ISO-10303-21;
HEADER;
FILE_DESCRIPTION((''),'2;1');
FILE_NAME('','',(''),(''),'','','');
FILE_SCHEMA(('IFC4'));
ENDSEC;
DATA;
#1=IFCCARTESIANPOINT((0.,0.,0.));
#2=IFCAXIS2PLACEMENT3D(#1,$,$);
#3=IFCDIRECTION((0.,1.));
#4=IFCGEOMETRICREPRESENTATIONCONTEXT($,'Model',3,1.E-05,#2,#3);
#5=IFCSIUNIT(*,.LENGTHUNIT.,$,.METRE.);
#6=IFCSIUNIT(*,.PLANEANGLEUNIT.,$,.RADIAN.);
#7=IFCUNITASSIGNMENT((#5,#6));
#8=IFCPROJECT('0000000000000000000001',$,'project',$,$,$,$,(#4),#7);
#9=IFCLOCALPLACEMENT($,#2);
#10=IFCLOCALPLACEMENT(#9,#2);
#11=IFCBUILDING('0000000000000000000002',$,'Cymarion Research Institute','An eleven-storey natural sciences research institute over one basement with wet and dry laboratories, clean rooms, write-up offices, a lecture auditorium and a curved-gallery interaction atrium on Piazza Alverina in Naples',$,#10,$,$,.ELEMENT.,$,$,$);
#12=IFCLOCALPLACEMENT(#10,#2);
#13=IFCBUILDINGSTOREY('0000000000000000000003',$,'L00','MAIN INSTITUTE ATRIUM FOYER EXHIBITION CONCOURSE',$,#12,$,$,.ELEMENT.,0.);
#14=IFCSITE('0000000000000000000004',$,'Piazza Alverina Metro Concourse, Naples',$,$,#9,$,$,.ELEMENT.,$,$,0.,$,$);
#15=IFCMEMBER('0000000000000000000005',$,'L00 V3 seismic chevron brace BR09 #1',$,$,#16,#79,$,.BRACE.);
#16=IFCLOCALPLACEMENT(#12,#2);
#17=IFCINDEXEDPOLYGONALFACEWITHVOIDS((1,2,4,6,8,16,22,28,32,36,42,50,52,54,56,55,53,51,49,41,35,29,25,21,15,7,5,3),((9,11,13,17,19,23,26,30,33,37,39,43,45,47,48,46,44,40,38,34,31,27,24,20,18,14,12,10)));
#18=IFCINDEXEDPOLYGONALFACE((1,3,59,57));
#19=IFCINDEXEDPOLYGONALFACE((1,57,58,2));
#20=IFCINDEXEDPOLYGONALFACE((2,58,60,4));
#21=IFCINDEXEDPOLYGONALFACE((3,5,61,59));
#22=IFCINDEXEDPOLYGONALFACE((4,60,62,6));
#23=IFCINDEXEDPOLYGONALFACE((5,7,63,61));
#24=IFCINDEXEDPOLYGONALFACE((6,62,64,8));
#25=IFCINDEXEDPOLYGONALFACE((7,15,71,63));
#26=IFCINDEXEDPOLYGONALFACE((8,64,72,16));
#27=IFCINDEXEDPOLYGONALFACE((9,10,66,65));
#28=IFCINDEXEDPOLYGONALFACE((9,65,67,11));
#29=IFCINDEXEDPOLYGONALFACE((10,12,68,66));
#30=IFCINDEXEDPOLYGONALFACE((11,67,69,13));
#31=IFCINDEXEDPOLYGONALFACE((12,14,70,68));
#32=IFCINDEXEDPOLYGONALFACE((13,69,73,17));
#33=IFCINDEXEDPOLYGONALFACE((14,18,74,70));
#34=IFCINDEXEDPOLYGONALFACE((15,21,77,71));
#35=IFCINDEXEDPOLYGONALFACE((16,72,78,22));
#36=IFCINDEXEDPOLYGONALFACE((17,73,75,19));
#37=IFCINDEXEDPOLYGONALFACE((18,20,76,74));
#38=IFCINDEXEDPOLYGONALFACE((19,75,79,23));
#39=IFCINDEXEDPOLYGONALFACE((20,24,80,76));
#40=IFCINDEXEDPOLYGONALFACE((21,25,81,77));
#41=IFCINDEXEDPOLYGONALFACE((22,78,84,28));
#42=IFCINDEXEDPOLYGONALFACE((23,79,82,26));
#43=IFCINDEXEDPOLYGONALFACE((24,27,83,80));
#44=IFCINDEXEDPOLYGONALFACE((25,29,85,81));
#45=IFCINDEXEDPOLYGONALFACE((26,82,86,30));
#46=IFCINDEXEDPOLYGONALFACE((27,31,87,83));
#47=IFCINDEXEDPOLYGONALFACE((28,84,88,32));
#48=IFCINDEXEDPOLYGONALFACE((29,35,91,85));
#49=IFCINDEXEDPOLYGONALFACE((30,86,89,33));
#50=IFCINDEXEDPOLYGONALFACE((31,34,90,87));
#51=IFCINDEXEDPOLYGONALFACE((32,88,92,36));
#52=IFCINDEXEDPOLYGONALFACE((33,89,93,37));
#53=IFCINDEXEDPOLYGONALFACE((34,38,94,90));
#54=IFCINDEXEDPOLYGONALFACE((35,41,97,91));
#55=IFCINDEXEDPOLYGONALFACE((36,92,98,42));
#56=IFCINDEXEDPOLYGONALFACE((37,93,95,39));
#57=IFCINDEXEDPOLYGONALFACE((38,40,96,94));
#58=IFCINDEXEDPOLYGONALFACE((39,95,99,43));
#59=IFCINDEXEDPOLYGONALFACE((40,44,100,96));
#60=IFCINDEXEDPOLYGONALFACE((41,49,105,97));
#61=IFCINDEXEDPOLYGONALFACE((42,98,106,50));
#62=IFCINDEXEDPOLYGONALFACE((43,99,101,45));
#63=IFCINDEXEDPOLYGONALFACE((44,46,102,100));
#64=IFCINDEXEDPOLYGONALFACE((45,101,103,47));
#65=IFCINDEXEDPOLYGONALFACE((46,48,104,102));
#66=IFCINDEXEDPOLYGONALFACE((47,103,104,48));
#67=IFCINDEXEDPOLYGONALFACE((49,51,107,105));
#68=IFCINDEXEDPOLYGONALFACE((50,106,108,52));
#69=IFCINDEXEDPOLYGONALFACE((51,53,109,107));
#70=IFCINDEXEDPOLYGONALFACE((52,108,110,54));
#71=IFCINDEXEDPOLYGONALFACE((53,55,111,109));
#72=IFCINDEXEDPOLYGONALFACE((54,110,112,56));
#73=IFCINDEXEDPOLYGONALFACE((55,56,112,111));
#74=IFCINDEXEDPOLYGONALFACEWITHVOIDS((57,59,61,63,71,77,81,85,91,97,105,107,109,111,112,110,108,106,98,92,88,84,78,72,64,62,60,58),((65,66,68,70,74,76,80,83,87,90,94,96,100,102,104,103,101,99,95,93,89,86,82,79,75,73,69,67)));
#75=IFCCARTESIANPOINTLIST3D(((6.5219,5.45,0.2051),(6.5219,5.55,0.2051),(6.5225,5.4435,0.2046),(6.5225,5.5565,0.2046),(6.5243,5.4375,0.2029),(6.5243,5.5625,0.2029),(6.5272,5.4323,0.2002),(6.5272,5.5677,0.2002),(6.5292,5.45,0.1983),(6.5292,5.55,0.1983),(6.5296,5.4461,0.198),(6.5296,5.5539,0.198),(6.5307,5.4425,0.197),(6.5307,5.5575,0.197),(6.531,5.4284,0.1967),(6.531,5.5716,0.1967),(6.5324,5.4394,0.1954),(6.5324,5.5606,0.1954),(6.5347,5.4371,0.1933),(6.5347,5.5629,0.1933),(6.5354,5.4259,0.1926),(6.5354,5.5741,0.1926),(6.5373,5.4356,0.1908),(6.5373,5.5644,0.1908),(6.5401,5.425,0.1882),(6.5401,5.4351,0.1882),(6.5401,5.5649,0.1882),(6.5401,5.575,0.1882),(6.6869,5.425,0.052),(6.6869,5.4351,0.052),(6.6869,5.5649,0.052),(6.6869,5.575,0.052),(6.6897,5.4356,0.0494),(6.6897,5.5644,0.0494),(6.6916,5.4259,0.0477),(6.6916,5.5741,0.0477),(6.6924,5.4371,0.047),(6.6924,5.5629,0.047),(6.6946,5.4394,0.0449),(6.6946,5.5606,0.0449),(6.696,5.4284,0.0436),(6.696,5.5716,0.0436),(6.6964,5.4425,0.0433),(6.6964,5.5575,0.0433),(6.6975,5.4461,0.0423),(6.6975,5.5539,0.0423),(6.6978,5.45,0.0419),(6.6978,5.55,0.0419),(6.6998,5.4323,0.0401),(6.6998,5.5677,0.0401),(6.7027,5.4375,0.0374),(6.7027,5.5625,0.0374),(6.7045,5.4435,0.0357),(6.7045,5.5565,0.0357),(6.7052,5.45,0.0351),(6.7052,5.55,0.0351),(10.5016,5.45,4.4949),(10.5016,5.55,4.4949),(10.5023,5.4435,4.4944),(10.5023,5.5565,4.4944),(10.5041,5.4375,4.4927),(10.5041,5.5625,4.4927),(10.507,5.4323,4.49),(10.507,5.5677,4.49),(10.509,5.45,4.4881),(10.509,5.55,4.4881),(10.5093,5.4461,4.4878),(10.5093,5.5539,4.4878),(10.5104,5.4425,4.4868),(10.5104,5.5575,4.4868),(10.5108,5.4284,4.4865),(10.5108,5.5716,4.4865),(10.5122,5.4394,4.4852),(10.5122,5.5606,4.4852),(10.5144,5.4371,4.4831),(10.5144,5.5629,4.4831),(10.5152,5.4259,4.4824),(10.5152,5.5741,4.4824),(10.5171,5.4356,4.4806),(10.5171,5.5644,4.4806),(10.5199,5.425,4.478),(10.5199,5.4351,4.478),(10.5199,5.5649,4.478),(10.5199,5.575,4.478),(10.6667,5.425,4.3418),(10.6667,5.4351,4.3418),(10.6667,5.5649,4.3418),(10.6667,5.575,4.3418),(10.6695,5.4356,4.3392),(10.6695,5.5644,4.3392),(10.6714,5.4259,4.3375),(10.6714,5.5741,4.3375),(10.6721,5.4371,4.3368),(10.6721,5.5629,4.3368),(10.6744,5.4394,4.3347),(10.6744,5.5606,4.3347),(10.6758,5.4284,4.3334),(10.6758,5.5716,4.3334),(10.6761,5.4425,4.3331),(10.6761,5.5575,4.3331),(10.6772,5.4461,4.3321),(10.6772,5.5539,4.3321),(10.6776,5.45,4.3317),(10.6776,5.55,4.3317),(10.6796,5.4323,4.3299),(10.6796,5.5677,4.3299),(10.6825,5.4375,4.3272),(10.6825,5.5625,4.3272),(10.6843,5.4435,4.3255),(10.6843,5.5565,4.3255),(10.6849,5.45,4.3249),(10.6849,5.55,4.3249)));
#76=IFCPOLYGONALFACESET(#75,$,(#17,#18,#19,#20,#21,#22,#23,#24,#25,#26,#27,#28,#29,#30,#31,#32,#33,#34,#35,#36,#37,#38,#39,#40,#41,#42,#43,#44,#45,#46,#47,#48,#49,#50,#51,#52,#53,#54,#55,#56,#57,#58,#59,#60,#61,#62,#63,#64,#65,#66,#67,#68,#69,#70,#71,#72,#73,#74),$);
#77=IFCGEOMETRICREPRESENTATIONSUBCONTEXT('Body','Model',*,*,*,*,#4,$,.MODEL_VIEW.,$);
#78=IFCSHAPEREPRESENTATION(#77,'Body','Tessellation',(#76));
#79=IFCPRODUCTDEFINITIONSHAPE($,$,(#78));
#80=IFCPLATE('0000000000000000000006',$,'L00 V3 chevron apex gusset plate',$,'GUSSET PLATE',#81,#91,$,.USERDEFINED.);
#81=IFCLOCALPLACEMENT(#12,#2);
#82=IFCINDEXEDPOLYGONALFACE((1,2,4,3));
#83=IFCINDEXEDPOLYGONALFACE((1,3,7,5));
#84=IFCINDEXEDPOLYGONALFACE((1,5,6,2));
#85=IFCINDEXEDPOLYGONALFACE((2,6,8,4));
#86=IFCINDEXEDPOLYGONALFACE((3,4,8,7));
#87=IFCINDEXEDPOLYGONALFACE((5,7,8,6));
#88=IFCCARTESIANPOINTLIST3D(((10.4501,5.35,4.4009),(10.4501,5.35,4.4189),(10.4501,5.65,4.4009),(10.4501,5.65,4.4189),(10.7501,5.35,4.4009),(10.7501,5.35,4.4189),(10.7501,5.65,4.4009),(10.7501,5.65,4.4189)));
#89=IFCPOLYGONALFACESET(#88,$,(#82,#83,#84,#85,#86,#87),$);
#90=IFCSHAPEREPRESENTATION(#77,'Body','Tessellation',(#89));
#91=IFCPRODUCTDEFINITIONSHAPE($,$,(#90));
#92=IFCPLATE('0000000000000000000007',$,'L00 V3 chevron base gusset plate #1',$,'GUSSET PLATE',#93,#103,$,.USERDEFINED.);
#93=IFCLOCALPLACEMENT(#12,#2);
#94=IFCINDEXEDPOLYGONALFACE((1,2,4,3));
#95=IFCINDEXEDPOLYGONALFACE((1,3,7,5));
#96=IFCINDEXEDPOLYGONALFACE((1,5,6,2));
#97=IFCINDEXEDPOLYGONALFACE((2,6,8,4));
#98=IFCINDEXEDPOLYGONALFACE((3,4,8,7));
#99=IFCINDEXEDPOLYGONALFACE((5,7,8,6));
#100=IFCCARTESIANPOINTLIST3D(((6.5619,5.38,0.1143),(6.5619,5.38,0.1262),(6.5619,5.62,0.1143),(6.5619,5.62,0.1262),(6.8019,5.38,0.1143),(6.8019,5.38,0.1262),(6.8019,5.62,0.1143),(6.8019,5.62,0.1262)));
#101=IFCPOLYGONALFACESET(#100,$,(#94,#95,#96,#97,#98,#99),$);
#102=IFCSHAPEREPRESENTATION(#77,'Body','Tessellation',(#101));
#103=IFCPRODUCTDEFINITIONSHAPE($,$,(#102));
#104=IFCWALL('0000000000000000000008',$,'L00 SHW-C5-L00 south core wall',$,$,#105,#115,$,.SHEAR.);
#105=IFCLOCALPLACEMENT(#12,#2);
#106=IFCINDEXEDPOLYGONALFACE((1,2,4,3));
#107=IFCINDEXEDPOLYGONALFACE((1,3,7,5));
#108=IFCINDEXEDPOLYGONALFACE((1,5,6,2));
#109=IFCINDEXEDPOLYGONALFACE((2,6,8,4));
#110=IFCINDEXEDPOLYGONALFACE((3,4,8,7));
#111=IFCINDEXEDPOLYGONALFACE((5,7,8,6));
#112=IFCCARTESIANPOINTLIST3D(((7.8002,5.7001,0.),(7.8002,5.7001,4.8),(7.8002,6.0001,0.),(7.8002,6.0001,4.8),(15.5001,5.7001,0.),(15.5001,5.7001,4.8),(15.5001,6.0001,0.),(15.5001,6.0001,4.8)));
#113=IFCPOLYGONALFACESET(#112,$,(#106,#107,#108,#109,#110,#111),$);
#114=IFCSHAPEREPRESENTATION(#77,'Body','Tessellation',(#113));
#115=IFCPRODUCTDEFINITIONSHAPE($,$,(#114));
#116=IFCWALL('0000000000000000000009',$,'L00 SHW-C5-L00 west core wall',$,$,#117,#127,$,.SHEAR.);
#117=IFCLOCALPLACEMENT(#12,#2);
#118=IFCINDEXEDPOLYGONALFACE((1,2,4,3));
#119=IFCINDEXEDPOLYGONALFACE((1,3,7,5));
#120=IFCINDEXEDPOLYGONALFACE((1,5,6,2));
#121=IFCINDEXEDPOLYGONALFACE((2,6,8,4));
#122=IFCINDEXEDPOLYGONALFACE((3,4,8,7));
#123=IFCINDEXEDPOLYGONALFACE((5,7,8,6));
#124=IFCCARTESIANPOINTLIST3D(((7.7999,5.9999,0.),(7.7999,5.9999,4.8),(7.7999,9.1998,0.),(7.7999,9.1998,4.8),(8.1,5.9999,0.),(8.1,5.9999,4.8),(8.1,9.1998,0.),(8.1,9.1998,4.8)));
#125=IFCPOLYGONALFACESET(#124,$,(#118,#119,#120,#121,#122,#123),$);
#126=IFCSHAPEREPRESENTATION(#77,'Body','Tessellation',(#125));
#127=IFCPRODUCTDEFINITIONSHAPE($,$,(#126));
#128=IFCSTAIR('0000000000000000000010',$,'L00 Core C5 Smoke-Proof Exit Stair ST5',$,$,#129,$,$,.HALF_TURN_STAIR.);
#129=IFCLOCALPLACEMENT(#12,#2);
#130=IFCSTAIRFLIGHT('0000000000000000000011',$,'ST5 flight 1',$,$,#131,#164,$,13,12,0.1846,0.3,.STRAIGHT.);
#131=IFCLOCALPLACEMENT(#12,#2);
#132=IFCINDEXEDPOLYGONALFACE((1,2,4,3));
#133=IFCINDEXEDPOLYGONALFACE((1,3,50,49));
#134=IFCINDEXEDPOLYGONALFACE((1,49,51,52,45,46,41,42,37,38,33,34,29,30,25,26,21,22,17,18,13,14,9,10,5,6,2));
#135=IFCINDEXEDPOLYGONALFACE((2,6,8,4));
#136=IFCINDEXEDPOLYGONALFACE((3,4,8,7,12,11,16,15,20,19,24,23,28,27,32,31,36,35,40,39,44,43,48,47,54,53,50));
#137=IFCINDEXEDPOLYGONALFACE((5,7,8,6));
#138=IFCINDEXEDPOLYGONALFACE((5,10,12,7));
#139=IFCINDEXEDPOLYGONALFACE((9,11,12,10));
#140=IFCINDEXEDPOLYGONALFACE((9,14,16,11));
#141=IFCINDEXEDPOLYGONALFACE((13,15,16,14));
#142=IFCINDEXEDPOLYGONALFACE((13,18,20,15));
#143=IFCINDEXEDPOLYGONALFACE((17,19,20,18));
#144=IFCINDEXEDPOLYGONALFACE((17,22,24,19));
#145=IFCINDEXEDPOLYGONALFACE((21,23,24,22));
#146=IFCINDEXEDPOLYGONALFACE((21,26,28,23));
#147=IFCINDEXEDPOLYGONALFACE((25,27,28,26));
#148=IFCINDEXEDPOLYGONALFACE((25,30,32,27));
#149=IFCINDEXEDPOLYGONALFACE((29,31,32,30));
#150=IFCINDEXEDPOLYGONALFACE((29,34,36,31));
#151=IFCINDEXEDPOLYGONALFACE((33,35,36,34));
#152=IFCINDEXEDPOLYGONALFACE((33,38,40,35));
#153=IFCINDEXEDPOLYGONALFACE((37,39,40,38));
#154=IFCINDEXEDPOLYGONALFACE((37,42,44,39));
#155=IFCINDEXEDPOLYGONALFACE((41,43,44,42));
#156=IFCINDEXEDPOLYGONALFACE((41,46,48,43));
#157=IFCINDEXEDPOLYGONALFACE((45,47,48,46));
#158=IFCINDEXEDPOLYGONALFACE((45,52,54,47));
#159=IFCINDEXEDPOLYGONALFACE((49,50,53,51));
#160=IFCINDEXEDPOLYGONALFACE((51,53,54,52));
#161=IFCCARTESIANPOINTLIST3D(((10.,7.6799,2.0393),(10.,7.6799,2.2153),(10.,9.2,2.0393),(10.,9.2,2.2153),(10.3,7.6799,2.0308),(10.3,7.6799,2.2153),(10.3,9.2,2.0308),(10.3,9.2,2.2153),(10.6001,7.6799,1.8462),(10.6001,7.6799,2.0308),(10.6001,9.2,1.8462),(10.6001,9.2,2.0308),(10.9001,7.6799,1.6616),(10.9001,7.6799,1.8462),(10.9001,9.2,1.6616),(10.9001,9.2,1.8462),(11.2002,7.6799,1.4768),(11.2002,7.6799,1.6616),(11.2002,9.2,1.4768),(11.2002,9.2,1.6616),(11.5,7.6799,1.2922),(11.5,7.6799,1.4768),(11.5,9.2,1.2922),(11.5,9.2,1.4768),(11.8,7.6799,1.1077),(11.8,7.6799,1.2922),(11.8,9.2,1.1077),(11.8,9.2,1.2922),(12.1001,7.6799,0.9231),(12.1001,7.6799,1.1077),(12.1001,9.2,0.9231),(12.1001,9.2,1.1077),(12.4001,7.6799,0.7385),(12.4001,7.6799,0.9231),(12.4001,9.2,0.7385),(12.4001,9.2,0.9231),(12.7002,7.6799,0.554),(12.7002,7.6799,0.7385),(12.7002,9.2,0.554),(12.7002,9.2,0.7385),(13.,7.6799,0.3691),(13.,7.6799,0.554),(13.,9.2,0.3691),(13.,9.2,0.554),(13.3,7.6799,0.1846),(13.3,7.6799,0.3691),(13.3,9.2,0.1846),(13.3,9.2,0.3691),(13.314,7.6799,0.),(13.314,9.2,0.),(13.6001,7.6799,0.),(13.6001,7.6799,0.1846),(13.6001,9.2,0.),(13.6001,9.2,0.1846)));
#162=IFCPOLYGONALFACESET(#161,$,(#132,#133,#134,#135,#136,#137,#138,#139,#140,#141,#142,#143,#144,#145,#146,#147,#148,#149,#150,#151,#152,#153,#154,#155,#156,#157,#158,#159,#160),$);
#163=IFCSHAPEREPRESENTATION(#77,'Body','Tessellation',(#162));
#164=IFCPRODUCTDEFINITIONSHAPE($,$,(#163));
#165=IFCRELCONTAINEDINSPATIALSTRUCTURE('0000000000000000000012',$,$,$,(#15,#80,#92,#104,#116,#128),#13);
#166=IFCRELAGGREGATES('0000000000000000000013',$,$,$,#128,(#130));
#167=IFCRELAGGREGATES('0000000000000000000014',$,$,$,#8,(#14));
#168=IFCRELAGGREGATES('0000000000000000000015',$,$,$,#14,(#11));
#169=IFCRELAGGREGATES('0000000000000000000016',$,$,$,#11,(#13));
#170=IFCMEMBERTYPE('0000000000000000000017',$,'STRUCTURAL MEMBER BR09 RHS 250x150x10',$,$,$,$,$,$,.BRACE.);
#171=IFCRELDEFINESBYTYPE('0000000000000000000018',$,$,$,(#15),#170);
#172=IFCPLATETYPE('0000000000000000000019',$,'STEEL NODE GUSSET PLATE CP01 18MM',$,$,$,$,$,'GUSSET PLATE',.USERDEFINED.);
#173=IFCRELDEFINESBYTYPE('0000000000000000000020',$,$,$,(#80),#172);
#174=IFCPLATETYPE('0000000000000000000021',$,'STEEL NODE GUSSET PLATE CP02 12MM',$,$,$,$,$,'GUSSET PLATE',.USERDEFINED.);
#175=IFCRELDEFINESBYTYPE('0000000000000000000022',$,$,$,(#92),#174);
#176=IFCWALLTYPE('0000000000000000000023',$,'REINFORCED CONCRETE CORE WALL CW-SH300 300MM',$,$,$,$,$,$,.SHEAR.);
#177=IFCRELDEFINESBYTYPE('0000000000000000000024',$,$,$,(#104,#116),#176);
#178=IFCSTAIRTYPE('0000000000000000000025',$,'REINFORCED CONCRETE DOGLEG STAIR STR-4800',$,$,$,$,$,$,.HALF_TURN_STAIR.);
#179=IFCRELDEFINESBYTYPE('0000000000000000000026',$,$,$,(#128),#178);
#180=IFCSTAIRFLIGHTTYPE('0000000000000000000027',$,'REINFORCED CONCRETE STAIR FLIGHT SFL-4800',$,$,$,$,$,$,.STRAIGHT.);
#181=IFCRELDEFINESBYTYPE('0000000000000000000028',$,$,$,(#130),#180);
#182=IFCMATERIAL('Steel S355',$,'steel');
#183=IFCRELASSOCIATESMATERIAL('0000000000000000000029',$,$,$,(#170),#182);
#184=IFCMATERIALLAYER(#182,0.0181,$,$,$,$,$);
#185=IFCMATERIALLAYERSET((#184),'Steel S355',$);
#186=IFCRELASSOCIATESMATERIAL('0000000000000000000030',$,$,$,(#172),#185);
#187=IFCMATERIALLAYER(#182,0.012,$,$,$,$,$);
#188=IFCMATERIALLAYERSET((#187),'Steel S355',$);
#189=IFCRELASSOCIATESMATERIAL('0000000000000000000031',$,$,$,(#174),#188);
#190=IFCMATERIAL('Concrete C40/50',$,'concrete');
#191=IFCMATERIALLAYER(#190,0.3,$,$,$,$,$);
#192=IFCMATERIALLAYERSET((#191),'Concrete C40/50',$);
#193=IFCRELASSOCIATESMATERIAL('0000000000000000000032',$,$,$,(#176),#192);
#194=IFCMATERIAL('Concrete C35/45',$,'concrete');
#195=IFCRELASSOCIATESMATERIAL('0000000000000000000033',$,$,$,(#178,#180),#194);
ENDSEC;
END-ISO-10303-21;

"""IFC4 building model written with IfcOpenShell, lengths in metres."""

from ifc_helpers import new_model, si_unit, direction, frame, frame_2d, origin, origin_2d, place, context, subcontext, project, spatial, polyline, rectangle, hollow_rectangle, outline, extrude, material, layer, layer_set, material_profile, profile_set, type_object, element, aggregate, save


model = new_model("IFC4")

# Units and contexts
model_context = context("Model", 3, precision=1e-05, world=origin(), true_north=direction((0.0, 1.0)))
body_context = subcontext(model_context, "Body", "Model", "MODEL_VIEW")
ifc_project = project(units=[si_unit("LENGTHUNIT", "METRE"), si_unit("PLANEANGLEUNIT", "RADIAN")], contexts=[model_context])

# Site, building, storey
site_placement = place(None, origin())
site = spatial("IfcSite", under=ifc_project, at=site_placement, Name="Piazza Alverina Metro Concourse, Naples", CompositionType="ELEMENT", RefElevation=0.0)
building_placement = place(site_placement, origin())
building = spatial("IfcBuilding", under=site, at=building_placement, Name="Cymarion Research Institute", Description="An eleven-storey natural sciences research institute over one basement with wet and dry laboratories, clean rooms, write-up offices, a lecture auditorium and a curved-gallery interaction atrium on Piazza Alverina in Naples", CompositionType="ELEMENT")
storey_placement = place(building_placement, origin())
storey = spatial("IfcBuildingStorey", under=building, at=storey_placement, Name="L00", Description="MAIN INSTITUTE ATRIUM FOYER EXHIBITION CONCOURSE", CompositionType="ELEMENT", Elevation=0.0)

# Shared definitions
ifc_material_1 = material(Name="Concrete C40/50", Category="concrete")

# Shared definitions
ifc_material_2 = material(Name="Steel S355", Category="steel")

# Member
ifc_material_profile_1 = material_profile(ifc_material_2, hollow_rectangle(XDim=0.1499, YDim=0.25, WallThickness=0.01, InnerFilletRadius=0.0149, OuterFilletRadius=0.0249, at=origin_2d()), Name="RHS 250x150x10")
ifc_profile_set_1 = profile_set([ifc_material_profile_1], Name="Steel S355")
member_type = type_object("IfcMemberType", Name="STRUCTURAL MEMBER BR09 RHS 250x150x10", PredefinedType="BRACE", material=ifc_profile_set_1)
member_placement = place(storey_placement, frame((6.6135, 5.5, 0.1201), z_axis=(0.680117, 0.0, 0.733104), x_axis=(0.0, 1.0, 0.0)))
element("IfcMember", 1, at=member_placement, inside=storey, type_object=member_type, Name="L00 V3 seismic chevron brace BR09 #1", PredefinedType="BRACE", context=body_context, shape_type="SweptSolid", body=[
    extrude(hollow_rectangle(XDim=0.1499, YDim=0.25, WallThickness=0.01, InnerFilletRadius=0.0149, OuterFilletRadius=0.0249, at=origin_2d()), origin(), (0.0, 0.0, 1.0), 5.8516),
])

# Plates
ifc_layer_1 = layer(ifc_material_2, 0.0181)
ifc_layer_set_1 = layer_set([ifc_layer_1], Name="Steel S355")
plate_type_1 = type_object("IfcPlateType", Name="STEEL NODE GUSSET PLATE CP01 18MM", ElementType="GUSSET PLATE", PredefinedType="USERDEFINED", material=ifc_layer_set_1)
plate_1_placement = place(storey_placement, frame((10.6001, 5.5, 4.4009), z_axis=(0.0, 0.0, 1.0), x_axis=(1.0, 0.0, 0.0)))
element("IfcPlate", 2, at=plate_1_placement, inside=storey, type_object=plate_type_1, Name="L00 V3 chevron apex gusset plate", ObjectType="GUSSET PLATE", PredefinedType="USERDEFINED", context=body_context, shape_type="SweptSolid", body=[
    extrude(rectangle(XDim=0.3, YDim=0.3, at=origin_2d()), origin(), (0.0, 0.0, 1.0), 0.0181),
])
ifc_layer_2 = layer(ifc_material_2, 0.012)
ifc_layer_set_2 = layer_set([ifc_layer_2], Name="Steel S355")
plate_type_2 = type_object("IfcPlateType", Name="STEEL NODE GUSSET PLATE CP02 12MM", ElementType="GUSSET PLATE", PredefinedType="USERDEFINED", material=ifc_layer_set_2)
plate_2_placement = place(storey_placement, frame((6.6819, 5.5, 0.1143), z_axis=(0.0, 0.0, 1.0), x_axis=(1.0, 0.0, 0.0)))
element("IfcPlate", 3, at=plate_2_placement, inside=storey, type_object=plate_type_2, Name="L00 V3 chevron base gusset plate #1", ObjectType="GUSSET PLATE", PredefinedType="USERDEFINED", context=body_context, shape_type="SweptSolid", body=[
    extrude(rectangle(XDim=0.24, YDim=0.24, at=origin_2d()), origin(), (0.0, 0.0, 1.0), 0.012),
])

# Walls
ifc_layer_3 = layer(ifc_material_1, 0.3)
ifc_layer_set_3 = layer_set([ifc_layer_3], Name="Concrete C40/50")
wall_type = type_object("IfcWallType", Name="REINFORCED CONCRETE CORE WALL CW-SH300 300MM", PredefinedType="SHEAR", material=ifc_layer_set_3)
wall_1_placement = place(storey_placement, frame((7.8, 5.8501, 0.0), z_axis=(0.0, 0.0, 1.0), x_axis=(1.0, 0.0, 0.0)))
element("IfcWall", 4, at=wall_1_placement, inside=storey, type_object=wall_type, Name="L00 SHW-C5-L00 south core wall", PredefinedType="SHEAR", context=body_context, shape_type="SweptSolid", body=[
    extrude(rectangle(XDim=7.7, YDim=0.3, at=frame_2d((3.8501, 0.0))), origin(), (0.0, 0.0, 1.0), 4.8),
])
wall_2_placement = place(storey_placement, frame((7.95, 9.2, 0.0), z_axis=(0.0, 0.0, 1.0), x_axis=(0.0, -1.0, 0.0)))
element("IfcWall", 5, at=wall_2_placement, inside=storey, type_object=wall_type, Name="L00 SHW-C5-L00 west core wall", PredefinedType="SHEAR", context=body_context, shape_type="SweptSolid", body=[
    extrude(rectangle(XDim=3.2, YDim=0.3, at=frame_2d((1.6001, 0.0))), origin(), (0.0, 0.0, 1.0), 4.8),
])

# Stair, stair flight
ifc_material_3 = material(Name="Concrete C35/45", Category="concrete")
stair_type = type_object("IfcStairType", Name="REINFORCED CONCRETE DOGLEG STAIR STR-4800", PredefinedType="HALF_TURN_STAIR", material=ifc_material_3)
stair_placement = place(storey_placement, origin())
stair = element("IfcStair", 6, at=stair_placement, inside=storey, type_object=stair_type, Name="L00 Core C5 Smoke-Proof Exit Stair ST5", PredefinedType="HALF_TURN_STAIR")
stair_flight_type = type_object("IfcStairFlightType", Name="REINFORCED CONCRETE STAIR FLIGHT SFL-4800", PredefinedType="STRAIGHT", material=ifc_material_3)
stair_flight_1_placement = place(storey_placement, frame((13.6001, 8.4399, 0.0), z_axis=(0.0, 0.0, 1.0), x_axis=(-1.0, 0.0, 0.0)))
stair_flight_1 = element("IfcStairFlight", 7, at=stair_flight_1_placement, type_object=stair_flight_type, Name="ST5 flight 1", NumberOfRisers=13, NumberOfTreads=12, PredefinedType="STRAIGHT", RiserHeight=0.1846, TreadLength=0.3, context=body_context, shape_type="SweptSolid", body=[
    extrude(outline(polyline([(0.0, 0.0), (0.0, 0.1846), (0.3, 0.1846), (0.3, 0.3691), (0.6001, 0.3691), (0.6001, 0.554), (0.8999, 0.554), (0.8999, 0.7385), (1.2, 0.7385), (1.2, 0.9231), (1.5, 0.9231), (1.5, 1.1077), (1.8, 1.1077), (1.8, 1.2922), (2.1001, 1.2922), (2.1001, 1.4768), (2.3999, 1.4768), (2.3999, 1.6616), (2.7, 1.6616), (2.7, 1.8462), (3.0, 1.8462), (3.0, 2.0308), (3.3, 2.0308), (3.3, 2.2153), (3.6001, 2.2153), (3.6001, 2.3999), (3.6001, 2.0393), (0.2861, 0.0), (0.0, 0.0)])), frame((0.0, 0.76, 0.0), z_axis=(0.0, -1.0, 0.0), x_axis=(1.0, 0.0, 0.0)), (0.0, 0.0, 1.0), 1.52),
])
aggregate(stair, [stair_flight_1])

save(model, "model.ifc")
